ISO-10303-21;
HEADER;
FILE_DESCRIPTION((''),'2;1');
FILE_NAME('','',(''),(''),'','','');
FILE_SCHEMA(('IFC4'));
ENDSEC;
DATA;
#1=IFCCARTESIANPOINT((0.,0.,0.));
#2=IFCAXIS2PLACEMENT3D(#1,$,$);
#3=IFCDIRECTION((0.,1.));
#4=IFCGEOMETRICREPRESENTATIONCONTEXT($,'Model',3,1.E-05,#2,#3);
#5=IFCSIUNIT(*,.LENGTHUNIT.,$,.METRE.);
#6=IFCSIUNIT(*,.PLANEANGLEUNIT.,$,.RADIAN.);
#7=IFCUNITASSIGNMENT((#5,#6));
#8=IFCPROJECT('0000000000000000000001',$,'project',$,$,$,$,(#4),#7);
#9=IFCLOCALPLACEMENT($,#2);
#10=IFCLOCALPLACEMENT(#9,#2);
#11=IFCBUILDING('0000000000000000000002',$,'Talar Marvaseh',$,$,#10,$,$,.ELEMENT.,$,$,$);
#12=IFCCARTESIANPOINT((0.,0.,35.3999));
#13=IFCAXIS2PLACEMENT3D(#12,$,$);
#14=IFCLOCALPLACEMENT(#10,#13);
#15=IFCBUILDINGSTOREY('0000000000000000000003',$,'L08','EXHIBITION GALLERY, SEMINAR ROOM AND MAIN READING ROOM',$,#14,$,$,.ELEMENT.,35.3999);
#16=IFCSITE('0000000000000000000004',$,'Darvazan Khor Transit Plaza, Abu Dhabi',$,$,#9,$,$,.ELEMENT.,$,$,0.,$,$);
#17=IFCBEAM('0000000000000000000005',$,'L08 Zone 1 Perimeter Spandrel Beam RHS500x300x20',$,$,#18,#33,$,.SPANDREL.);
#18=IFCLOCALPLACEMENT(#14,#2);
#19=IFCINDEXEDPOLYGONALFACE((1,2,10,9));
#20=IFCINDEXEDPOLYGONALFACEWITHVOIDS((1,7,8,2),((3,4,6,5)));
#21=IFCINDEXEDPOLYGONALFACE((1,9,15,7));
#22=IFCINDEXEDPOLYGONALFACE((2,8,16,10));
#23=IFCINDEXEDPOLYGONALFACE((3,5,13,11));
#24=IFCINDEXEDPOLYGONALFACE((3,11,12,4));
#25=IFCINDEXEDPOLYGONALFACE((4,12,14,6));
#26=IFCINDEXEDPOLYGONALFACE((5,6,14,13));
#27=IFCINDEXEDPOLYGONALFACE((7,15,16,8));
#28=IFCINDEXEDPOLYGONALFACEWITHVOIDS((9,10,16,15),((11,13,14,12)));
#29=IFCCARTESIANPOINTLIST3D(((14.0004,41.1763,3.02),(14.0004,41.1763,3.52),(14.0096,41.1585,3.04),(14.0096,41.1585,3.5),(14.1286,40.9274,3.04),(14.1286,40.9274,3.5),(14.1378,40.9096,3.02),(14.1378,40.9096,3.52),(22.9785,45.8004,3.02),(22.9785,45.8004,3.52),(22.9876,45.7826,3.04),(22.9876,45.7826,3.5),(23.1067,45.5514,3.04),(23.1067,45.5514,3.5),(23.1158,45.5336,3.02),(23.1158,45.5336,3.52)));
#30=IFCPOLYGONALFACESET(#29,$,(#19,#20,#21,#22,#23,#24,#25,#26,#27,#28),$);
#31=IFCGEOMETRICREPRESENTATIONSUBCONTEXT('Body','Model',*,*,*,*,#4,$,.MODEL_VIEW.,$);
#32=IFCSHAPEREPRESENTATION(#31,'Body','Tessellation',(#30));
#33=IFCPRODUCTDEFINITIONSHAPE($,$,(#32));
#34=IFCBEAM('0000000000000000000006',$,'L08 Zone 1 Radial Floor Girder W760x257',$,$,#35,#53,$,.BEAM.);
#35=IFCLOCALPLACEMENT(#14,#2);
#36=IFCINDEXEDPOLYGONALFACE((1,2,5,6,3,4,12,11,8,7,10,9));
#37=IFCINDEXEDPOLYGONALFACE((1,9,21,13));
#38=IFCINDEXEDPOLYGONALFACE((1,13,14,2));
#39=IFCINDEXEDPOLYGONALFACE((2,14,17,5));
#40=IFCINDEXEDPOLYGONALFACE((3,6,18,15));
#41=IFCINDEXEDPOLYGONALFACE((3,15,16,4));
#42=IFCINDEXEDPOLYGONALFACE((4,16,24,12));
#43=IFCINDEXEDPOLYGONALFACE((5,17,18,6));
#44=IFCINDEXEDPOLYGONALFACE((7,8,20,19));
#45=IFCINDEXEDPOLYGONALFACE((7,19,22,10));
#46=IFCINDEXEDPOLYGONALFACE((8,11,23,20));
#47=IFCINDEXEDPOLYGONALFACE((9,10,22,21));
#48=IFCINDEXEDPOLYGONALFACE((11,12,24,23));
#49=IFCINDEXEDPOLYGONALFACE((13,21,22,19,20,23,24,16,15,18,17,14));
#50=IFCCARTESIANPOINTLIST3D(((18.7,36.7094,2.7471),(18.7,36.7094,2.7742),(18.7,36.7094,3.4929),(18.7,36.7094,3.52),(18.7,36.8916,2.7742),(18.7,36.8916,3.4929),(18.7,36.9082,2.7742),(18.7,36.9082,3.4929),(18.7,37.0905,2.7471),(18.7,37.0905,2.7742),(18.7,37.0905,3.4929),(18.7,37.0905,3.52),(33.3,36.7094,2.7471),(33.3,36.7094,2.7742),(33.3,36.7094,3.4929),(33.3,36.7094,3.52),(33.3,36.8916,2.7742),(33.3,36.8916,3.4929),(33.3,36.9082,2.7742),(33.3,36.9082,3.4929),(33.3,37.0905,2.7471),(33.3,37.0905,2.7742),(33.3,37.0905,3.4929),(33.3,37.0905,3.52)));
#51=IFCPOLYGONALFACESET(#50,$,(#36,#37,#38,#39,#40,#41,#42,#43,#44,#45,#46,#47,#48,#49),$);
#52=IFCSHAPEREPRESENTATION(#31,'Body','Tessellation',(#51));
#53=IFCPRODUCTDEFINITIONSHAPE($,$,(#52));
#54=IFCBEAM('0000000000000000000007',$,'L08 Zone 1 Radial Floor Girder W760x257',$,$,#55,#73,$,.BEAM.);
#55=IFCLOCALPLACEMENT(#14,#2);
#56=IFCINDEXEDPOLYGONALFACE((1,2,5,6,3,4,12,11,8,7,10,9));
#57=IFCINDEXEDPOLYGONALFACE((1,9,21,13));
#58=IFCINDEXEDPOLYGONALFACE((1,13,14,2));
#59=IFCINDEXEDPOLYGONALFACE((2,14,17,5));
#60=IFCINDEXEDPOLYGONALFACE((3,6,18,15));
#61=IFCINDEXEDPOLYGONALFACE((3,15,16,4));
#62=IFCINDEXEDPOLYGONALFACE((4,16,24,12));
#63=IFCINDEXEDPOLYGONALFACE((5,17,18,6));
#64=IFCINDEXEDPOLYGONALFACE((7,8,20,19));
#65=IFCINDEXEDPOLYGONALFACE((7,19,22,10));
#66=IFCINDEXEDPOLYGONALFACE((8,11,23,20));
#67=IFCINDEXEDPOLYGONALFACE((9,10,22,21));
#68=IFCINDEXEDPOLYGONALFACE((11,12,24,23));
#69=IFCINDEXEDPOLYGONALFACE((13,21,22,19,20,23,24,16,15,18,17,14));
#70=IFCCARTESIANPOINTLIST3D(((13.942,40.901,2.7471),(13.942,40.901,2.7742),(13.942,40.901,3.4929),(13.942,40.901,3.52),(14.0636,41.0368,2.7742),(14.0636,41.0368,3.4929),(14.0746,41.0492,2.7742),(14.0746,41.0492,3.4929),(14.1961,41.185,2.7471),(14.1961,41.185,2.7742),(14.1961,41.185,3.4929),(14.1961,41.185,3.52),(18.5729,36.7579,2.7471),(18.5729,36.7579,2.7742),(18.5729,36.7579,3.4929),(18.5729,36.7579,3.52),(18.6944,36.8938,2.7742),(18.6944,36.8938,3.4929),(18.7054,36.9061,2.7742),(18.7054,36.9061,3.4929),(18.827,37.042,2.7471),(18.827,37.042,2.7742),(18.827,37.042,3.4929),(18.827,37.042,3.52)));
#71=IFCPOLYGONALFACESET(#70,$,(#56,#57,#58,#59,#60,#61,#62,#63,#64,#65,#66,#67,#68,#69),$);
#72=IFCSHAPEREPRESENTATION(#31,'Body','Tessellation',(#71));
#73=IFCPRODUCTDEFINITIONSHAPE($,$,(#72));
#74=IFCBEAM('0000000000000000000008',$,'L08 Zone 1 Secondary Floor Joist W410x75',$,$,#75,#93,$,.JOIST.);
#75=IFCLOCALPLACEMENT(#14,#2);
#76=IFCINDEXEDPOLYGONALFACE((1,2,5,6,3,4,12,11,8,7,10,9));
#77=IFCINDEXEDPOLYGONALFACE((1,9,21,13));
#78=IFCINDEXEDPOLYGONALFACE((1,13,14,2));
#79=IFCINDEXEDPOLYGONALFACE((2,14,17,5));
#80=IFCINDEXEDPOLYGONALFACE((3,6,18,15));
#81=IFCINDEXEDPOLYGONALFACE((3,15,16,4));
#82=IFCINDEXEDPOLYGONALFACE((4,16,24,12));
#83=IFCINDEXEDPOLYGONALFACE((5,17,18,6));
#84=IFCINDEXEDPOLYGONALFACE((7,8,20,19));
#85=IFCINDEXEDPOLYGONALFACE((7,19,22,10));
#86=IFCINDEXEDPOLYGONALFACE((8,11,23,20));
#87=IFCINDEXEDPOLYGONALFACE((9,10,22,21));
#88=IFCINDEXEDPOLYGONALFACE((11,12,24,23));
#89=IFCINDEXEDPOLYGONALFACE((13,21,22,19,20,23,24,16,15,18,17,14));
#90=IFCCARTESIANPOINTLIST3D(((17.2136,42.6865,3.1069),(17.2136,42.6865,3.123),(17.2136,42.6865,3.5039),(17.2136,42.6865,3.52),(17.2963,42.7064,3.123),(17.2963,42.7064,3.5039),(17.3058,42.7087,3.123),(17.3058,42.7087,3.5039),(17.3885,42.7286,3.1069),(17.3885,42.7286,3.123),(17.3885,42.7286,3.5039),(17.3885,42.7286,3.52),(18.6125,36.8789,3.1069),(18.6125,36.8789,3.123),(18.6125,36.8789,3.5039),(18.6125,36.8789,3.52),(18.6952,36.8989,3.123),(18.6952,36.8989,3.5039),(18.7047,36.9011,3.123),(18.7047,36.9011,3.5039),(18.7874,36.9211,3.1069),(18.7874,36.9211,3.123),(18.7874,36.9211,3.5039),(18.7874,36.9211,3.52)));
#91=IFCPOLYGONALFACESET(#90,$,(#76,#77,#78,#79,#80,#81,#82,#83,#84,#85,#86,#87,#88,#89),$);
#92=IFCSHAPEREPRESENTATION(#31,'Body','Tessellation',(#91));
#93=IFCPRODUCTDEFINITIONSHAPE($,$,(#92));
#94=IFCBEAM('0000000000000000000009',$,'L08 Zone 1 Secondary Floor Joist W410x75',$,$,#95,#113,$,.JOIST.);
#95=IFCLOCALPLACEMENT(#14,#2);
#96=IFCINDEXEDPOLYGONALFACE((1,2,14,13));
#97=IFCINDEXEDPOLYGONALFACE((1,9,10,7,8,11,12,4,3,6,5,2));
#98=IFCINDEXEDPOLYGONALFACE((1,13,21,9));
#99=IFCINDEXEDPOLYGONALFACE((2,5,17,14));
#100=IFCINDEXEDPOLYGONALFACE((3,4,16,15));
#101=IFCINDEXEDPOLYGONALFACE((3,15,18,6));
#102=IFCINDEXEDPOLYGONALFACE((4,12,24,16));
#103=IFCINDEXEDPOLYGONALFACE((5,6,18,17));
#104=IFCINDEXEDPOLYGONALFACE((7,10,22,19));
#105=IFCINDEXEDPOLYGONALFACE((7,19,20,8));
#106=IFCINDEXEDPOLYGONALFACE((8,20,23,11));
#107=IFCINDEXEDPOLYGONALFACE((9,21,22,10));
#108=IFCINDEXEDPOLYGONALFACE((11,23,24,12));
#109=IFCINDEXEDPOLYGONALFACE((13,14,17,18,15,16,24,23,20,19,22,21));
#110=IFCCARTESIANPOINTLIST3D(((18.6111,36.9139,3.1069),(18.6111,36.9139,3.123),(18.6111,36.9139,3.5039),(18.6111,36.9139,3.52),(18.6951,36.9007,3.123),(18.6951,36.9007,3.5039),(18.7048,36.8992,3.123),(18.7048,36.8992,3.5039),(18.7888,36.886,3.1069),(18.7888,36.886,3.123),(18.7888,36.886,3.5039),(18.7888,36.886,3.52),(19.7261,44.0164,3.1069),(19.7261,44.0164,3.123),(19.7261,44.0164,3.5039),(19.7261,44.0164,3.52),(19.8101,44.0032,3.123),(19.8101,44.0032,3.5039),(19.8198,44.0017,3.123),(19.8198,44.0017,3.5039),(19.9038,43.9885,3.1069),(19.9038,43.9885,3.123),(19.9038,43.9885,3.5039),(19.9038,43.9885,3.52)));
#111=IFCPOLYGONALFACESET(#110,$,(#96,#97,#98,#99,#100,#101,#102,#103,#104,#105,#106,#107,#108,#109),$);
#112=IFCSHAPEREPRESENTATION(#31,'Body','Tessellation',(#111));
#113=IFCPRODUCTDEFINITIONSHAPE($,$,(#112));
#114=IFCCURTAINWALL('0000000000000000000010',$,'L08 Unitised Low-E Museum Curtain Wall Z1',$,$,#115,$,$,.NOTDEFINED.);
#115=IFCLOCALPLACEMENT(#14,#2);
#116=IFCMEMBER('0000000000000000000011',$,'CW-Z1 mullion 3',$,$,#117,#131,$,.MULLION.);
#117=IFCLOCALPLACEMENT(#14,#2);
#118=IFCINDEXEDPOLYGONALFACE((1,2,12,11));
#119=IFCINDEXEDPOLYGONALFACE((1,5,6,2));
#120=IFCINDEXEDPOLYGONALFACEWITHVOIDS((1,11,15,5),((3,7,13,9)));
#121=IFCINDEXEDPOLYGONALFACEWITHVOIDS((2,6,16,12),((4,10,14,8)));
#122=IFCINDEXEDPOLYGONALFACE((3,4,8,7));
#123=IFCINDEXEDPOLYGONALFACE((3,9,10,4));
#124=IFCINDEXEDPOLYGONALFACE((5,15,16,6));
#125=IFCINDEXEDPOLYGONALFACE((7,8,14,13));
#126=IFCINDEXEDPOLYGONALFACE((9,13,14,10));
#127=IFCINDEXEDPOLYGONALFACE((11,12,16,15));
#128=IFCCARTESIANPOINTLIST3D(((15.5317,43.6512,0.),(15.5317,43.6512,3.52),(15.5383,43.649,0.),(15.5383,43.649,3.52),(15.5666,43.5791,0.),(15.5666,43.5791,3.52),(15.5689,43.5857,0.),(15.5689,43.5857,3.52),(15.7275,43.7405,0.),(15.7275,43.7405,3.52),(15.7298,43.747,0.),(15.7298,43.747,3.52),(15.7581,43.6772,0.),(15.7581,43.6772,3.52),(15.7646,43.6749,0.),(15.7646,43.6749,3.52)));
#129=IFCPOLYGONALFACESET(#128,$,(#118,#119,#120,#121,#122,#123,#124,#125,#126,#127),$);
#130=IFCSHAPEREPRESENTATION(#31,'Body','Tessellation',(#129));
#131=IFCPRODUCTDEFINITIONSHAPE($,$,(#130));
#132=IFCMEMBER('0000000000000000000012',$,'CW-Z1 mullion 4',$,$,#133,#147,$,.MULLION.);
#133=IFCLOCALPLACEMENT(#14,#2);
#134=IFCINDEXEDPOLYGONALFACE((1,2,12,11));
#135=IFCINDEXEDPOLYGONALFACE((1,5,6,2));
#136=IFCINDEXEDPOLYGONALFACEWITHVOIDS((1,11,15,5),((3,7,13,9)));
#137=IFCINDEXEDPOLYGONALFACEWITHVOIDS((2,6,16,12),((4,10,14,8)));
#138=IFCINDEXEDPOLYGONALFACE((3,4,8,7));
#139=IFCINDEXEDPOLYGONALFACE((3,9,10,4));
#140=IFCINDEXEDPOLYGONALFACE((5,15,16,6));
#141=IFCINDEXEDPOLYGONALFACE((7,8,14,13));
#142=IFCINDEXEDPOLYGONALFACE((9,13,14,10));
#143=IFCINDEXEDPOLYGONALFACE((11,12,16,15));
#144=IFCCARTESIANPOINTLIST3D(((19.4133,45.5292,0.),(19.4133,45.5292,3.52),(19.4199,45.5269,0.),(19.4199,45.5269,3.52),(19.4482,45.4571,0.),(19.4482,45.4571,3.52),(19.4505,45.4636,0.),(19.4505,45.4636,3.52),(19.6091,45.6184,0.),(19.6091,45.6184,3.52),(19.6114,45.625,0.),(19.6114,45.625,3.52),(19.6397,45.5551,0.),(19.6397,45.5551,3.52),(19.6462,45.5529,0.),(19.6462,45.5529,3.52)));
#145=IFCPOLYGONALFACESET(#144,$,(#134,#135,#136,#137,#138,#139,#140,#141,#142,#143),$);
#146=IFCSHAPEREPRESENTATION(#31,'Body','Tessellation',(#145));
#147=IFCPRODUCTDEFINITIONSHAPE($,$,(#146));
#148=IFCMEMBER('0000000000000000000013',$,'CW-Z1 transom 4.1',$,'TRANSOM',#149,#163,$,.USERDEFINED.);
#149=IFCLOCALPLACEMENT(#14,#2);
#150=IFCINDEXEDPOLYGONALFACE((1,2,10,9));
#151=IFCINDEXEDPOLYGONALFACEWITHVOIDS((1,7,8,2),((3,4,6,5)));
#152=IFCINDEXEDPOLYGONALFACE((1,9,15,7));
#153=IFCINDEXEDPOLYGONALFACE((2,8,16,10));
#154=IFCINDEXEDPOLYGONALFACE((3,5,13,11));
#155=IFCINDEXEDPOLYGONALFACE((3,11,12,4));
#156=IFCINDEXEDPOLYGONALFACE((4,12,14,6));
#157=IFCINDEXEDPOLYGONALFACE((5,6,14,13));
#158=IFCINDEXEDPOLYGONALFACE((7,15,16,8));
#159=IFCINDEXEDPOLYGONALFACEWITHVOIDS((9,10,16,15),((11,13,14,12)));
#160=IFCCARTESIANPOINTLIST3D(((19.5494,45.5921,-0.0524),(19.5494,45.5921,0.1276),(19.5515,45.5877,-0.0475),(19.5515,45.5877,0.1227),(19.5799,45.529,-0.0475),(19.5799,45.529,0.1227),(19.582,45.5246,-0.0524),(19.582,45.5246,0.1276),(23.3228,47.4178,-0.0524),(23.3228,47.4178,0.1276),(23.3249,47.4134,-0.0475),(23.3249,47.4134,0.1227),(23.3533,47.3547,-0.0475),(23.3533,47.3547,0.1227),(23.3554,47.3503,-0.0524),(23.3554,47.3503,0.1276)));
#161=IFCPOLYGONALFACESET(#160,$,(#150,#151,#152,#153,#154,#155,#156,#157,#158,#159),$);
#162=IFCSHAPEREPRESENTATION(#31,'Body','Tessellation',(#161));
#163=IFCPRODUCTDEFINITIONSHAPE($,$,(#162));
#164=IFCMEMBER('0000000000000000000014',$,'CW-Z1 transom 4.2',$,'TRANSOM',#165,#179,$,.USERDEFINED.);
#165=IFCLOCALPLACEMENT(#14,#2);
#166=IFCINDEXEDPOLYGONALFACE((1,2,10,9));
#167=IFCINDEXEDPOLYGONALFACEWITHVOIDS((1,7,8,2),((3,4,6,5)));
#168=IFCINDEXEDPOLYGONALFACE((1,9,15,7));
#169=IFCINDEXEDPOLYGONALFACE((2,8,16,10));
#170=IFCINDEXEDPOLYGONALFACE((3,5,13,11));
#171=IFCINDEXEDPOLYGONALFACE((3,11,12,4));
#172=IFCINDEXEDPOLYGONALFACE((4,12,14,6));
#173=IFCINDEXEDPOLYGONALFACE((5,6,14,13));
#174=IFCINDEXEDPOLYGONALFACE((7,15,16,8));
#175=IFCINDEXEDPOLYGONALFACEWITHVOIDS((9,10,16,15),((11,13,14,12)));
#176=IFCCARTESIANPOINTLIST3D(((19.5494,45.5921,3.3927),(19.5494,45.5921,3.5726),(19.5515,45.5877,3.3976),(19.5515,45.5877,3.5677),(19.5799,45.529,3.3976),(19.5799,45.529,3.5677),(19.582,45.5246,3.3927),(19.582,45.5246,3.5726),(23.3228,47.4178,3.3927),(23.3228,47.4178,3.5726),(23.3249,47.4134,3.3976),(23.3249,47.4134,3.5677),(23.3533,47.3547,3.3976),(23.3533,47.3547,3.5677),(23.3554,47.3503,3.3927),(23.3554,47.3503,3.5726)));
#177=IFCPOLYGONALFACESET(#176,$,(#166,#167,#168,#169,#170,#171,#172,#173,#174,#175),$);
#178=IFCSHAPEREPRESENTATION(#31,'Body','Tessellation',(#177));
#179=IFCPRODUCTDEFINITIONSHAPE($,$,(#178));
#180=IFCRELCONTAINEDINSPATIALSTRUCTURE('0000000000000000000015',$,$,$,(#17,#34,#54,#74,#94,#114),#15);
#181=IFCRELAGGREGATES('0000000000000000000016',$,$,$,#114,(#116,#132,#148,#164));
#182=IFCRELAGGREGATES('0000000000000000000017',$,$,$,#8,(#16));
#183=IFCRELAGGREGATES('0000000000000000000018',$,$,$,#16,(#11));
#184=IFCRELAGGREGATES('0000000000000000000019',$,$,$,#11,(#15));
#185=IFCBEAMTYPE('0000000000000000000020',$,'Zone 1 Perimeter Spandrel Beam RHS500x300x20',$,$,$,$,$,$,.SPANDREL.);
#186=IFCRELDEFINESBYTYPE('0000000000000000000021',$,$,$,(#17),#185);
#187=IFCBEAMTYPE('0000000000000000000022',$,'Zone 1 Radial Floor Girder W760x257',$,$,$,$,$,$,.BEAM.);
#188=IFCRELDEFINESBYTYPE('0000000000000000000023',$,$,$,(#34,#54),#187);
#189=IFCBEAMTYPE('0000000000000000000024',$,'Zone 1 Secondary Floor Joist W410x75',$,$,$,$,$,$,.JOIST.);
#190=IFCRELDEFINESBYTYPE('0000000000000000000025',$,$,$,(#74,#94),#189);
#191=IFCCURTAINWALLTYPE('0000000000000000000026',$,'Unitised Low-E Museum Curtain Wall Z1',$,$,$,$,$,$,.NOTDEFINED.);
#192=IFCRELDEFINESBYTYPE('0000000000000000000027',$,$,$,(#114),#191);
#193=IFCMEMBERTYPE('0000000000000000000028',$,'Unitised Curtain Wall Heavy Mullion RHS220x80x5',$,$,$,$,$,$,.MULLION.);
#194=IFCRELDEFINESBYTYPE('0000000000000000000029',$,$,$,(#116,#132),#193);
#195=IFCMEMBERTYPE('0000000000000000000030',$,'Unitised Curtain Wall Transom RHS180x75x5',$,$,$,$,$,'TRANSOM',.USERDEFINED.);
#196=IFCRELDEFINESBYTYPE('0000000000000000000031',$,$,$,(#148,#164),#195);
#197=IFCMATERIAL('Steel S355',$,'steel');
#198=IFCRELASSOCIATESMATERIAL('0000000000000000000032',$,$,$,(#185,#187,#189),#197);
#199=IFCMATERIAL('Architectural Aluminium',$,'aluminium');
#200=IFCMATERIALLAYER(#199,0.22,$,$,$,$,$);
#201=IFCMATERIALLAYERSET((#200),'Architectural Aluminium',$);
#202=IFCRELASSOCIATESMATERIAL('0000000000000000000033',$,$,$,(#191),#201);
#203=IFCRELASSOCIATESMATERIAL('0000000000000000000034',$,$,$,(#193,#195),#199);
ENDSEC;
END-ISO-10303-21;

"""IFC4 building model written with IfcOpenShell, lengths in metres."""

from ifc_helpers import new_model, si_unit, direction, frame, origin, origin_2d, place, context, subcontext, project, spatial, hollow_rectangle, i_section, extrude, source, transform, mapped, material, layer, layer_set, material_profile, profile_set, type_object, type_shapes, element, aggregate, save


model = new_model("IFC4")

# Units and contexts
model_context = context("Model", 3, precision=1e-05, world=origin(), true_north=direction((0.0, 1.0)))
body_context = subcontext(model_context, "Body", "Model", "MODEL_VIEW")
ifc_project = project(units=[si_unit("LENGTHUNIT", "METRE"), si_unit("PLANEANGLEUNIT", "RADIAN")], contexts=[model_context])

# Site, building, storey
site_placement = place(None, origin())
site = spatial("IfcSite", under=ifc_project, at=site_placement, Name="Darvazan Khor Transit Plaza, Abu Dhabi", CompositionType="ELEMENT", RefElevation=0.0)
building_placement = place(site_placement, origin())
building = spatial("IfcBuilding", under=site, at=building_placement, Name="Talar Marvaseh", CompositionType="ELEMENT")
storey_placement = place(building_placement, frame((0.0, 0.0, 35.3999)))
storey = spatial("IfcBuildingStorey", under=building, at=storey_placement, Name="L08", Description="EXHIBITION GALLERY, SEMINAR ROOM AND MAIN READING ROOM", CompositionType="ELEMENT", Elevation=35.3999)

# Beams
ifc_material_1 = material(Name="Steel S355", Category="steel")
ifc_material_profile_1 = material_profile(ifc_material_1, hollow_rectangle(XDim=0.3, YDim=0.5, WallThickness=0.02, at=origin_2d()), Name="RHS500x300x20")
ifc_profile_set_1 = profile_set([ifc_material_profile_1], Name="Steel S355")
beam_type_1 = type_object("IfcBeamType", Name="Zone 1 Perimeter Spandrel Beam RHS500x300x20", PredefinedType="SPANDREL", material=ifc_profile_set_1)
beam_1_placement = place(storey_placement, frame((14.0691, 41.043, 3.27), z_axis=(0.889016, 0.457877, 0.0), x_axis=(-0.457877, 0.889016, 0.0)))
element("IfcBeam", 1, at=beam_1_placement, inside=storey, type_object=beam_type_1, Name="L08 Zone 1 Perimeter Spandrel Beam RHS500x300x20", PredefinedType="SPANDREL", context=body_context, shape_type="SweptSolid", body=[
    extrude(hollow_rectangle(XDim=0.3, YDim=0.5, WallThickness=0.02, at=origin_2d()), origin(), (0.0, 0.0, 1.0), 10.0989),
])
ifc_material_profile_2 = material_profile(ifc_material_1, i_section(OverallWidth=0.3811, OverallDepth=0.7729, WebThickness=0.0166, FlangeThickness=0.0271, at=origin_2d()), Name="W760x257")
ifc_profile_set_2 = profile_set([ifc_material_profile_2], Name="Steel S355")
beam_type_2 = type_object("IfcBeamType", Name="Zone 1 Radial Floor Girder W760x257", PredefinedType="BEAM", material=ifc_profile_set_2)
beam_2_placement = place(storey_placement, frame((18.7, 36.8999, 3.1335), z_axis=(1.0, 0.0, 0.0), x_axis=(0.0, 1.0, 0.0)))
element("IfcBeam", 2, at=beam_2_placement, inside=storey, type_object=beam_type_2, Name="L08 Zone 1 Radial Floor Girder W760x257", PredefinedType="BEAM", context=body_context, shape_type="SweptSolid", body=[
    extrude(i_section(OverallWidth=0.3811, OverallDepth=0.7729, WebThickness=0.0166, FlangeThickness=0.0271, at=origin_2d()), origin(), (0.0, 0.0, 1.0), 14.6001),
])
beam_3_placement = place(storey_placement, frame((14.0691, 41.043, 3.1335), z_axis=(0.745268, -0.666765, 0.0), x_axis=(0.666765, 0.745268, 0.0)))
element("IfcBeam", 3, at=beam_3_placement, inside=storey, type_object=beam_type_2, Name="L08 Zone 1 Radial Floor Girder W760x257", PredefinedType="BEAM", context=body_context, shape_type="SweptSolid", body=[
    extrude(i_section(OverallWidth=0.3811, OverallDepth=0.7729, WebThickness=0.0166, FlangeThickness=0.0271, at=origin_2d()), origin(), (0.0, 0.0, 1.0), 6.2136),
])
ifc_material_profile_3 = material_profile(ifc_material_1, i_section(OverallWidth=0.1799, OverallDepth=0.4131, WebThickness=0.0098, FlangeThickness=0.0161, at=origin_2d()), Name="W410x75")
ifc_profile_set_3 = profile_set([ifc_material_profile_3], Name="Steel S355")
beam_type_3 = type_object("IfcBeamType", Name="Zone 1 Secondary Floor Joist W410x75", PredefinedType="JOIST", material=ifc_profile_set_3)
beam_4_placement = place(storey_placement, frame((17.301, 42.7075, 3.3135), z_axis=(0.23418, -0.972193, 0.0), x_axis=(0.972193, 0.23418, 0.0)))
element("IfcBeam", 4, at=beam_4_placement, inside=storey, type_object=beam_type_3, Name="L08 Zone 1 Secondary Floor Joist W410x75", PredefinedType="JOIST", context=body_context, shape_type="SweptSolid", body=[
    extrude(i_section(OverallWidth=0.1799, OverallDepth=0.4131, WebThickness=0.0098, FlangeThickness=0.0161, at=origin_2d()), origin(), (0.0, 0.0, 1.0), 5.9736),
])
beam_5_placement = place(storey_placement, frame((19.8149, 44.0024, 3.3135), z_axis=(-0.155085, -0.987901, 0.0), x_axis=(0.987901, -0.155085, 0.0)))
element("IfcBeam", 5, at=beam_5_placement, inside=storey, type_object=beam_type_3, Name="L08 Zone 1 Secondary Floor Joist W410x75", PredefinedType="JOIST", context=body_context, shape_type="SweptSolid", body=[
    extrude(i_section(OverallWidth=0.1799, OverallDepth=0.4131, WebThickness=0.0098, FlangeThickness=0.0161, at=origin_2d()), origin(), (0.0, 0.0, 1.0), 7.1895),
])

# Curtain wall, members
ifc_material_2 = material(Name="Architectural Aluminium", Category="aluminium")
ifc_layer_1 = layer(ifc_material_2, 0.22)
ifc_layer_set_1 = layer_set([ifc_layer_1], Name="Architectural Aluminium")
curtain_wall_type = type_object("IfcCurtainWallType", Name="Unitised Low-E Museum Curtain Wall Z1", PredefinedType="NOTDEFINED", material=ifc_layer_set_1)
curtain_wall_placement = place(storey_placement, origin())
curtain_wall = element("IfcCurtainWall", 6, at=curtain_wall_placement, inside=storey, type_object=curtain_wall_type, Name="L08 Unitised Low-E Museum Curtain Wall Z1", PredefinedType="NOTDEFINED")
ifc_material_profile_4 = material_profile(ifc_material_2, hollow_rectangle(XDim=0.0801, YDim=0.22, WallThickness=0.0049, at=origin_2d()), Name="RHS220x80x5")
ifc_profile_set_4 = profile_set([ifc_material_profile_4], Name="Architectural Aluminium")
member_type_1 = type_object("IfcMemberType", Name="Unitised Curtain Wall Heavy Mullion RHS220x80x5", PredefinedType="MULLION", material=ifc_profile_set_4)
shared_shape_1 = source(origin(), body_context, "Body", "SweptSolid", [
    extrude(hollow_rectangle(XDim=0.0801, YDim=0.22, WallThickness=0.0049, at=origin_2d()), origin(), (0.0, 0.0, 1.0), 3.52),
])
type_shapes(member_type_1, [shared_shape_1])
member_1_placement = place(storey_placement, frame((15.6482, 43.6631, 0.0), z_axis=(0.0, 0.0, 1.0), x_axis=(-0.43551, 0.900184, 0.0)))
member_1 = element("IfcMember", 7, at=member_1_placement, type_object=member_type_1, Name="CW-Z1 mullion 3", PredefinedType="MULLION", context=body_context, shape_type="MappedRepresentation", body=[
    mapped(shared_shape_1, transform((0.0, 0.0, 0.0), x_axis=(1.0, 0.0, 0.0), y_axis=(0.0, 1.0, 0.0), z_axis=(0.0, 0.0, 1.0), scale=1.0)),
])
member_2_placement = place(storey_placement, frame((19.5298, 45.541, 0.0), z_axis=(0.0, 0.0, 1.0), x_axis=(-0.43551, 0.900184, 0.0)))
member_2 = element("IfcMember", 8, at=member_2_placement, type_object=member_type_1, Name="CW-Z1 mullion 4", PredefinedType="MULLION", context=body_context, shape_type="MappedRepresentation", body=[
    mapped(shared_shape_1, transform((0.0, 0.0, 0.0), x_axis=(1.0, 0.0, 0.0), y_axis=(0.0, 1.0, 0.0), z_axis=(0.0, 0.0, 1.0), scale=1.0)),
])
ifc_material_profile_5 = material_profile(ifc_material_2, hollow_rectangle(XDim=0.075, YDim=0.1799, WallThickness=0.0049, at=origin_2d()), Name="RHS180x75x5")
ifc_profile_set_5 = profile_set([ifc_material_profile_5], Name="Architectural Aluminium")
member_type_2 = type_object("IfcMemberType", Name="Unitised Curtain Wall Transom RHS180x75x5", ElementType="TRANSOM", PredefinedType="USERDEFINED", material=ifc_profile_set_5)
shared_shape_2 = source(origin(), body_context, "Body", "SweptSolid", [
    extrude(hollow_rectangle(XDim=0.075, YDim=0.1799, WallThickness=0.0049, at=origin_2d()), origin(), (0.0, 0.0, 1.0), 4.1919),
])
member_3_placement = place(storey_placement, frame((19.5657, 45.5583, 0.0376), z_axis=(0.900175, 0.435527, 0.0), x_axis=(-0.435527, 0.900175, 0.0)))
member_3 = element("IfcMember", 9, at=member_3_placement, type_object=member_type_2, Name="CW-Z1 transom 4.1", ObjectType="TRANSOM", PredefinedType="USERDEFINED", context=body_context, shape_type="MappedRepresentation", body=[
    mapped(shared_shape_2, transform((0.0, 0.0, 0.0), x_axis=(1.0, 0.0, 0.0), y_axis=(0.0, 1.0, 0.0), z_axis=(0.0, 0.0, 1.0), scale=1.0)),
])
member_4_placement = place(storey_placement, frame((19.5657, 45.5583, 3.4827), z_axis=(0.900175, 0.435527, 0.0), x_axis=(-0.435527, 0.900175, 0.0)))
member_4 = element("IfcMember", 10, at=member_4_placement, type_object=member_type_2, Name="CW-Z1 transom 4.2", ObjectType="TRANSOM", PredefinedType="USERDEFINED", context=body_context, shape_type="MappedRepresentation", body=[
    mapped(shared_shape_2, transform((0.0, 0.0, 0.0), x_axis=(1.0, 0.0, 0.0), y_axis=(0.0, 1.0, 0.0), z_axis=(0.0, 0.0, 1.0), scale=1.0)),
])
aggregate(curtain_wall, [member_1, member_2, member_3, member_4])

save(model, "model.ifc")
